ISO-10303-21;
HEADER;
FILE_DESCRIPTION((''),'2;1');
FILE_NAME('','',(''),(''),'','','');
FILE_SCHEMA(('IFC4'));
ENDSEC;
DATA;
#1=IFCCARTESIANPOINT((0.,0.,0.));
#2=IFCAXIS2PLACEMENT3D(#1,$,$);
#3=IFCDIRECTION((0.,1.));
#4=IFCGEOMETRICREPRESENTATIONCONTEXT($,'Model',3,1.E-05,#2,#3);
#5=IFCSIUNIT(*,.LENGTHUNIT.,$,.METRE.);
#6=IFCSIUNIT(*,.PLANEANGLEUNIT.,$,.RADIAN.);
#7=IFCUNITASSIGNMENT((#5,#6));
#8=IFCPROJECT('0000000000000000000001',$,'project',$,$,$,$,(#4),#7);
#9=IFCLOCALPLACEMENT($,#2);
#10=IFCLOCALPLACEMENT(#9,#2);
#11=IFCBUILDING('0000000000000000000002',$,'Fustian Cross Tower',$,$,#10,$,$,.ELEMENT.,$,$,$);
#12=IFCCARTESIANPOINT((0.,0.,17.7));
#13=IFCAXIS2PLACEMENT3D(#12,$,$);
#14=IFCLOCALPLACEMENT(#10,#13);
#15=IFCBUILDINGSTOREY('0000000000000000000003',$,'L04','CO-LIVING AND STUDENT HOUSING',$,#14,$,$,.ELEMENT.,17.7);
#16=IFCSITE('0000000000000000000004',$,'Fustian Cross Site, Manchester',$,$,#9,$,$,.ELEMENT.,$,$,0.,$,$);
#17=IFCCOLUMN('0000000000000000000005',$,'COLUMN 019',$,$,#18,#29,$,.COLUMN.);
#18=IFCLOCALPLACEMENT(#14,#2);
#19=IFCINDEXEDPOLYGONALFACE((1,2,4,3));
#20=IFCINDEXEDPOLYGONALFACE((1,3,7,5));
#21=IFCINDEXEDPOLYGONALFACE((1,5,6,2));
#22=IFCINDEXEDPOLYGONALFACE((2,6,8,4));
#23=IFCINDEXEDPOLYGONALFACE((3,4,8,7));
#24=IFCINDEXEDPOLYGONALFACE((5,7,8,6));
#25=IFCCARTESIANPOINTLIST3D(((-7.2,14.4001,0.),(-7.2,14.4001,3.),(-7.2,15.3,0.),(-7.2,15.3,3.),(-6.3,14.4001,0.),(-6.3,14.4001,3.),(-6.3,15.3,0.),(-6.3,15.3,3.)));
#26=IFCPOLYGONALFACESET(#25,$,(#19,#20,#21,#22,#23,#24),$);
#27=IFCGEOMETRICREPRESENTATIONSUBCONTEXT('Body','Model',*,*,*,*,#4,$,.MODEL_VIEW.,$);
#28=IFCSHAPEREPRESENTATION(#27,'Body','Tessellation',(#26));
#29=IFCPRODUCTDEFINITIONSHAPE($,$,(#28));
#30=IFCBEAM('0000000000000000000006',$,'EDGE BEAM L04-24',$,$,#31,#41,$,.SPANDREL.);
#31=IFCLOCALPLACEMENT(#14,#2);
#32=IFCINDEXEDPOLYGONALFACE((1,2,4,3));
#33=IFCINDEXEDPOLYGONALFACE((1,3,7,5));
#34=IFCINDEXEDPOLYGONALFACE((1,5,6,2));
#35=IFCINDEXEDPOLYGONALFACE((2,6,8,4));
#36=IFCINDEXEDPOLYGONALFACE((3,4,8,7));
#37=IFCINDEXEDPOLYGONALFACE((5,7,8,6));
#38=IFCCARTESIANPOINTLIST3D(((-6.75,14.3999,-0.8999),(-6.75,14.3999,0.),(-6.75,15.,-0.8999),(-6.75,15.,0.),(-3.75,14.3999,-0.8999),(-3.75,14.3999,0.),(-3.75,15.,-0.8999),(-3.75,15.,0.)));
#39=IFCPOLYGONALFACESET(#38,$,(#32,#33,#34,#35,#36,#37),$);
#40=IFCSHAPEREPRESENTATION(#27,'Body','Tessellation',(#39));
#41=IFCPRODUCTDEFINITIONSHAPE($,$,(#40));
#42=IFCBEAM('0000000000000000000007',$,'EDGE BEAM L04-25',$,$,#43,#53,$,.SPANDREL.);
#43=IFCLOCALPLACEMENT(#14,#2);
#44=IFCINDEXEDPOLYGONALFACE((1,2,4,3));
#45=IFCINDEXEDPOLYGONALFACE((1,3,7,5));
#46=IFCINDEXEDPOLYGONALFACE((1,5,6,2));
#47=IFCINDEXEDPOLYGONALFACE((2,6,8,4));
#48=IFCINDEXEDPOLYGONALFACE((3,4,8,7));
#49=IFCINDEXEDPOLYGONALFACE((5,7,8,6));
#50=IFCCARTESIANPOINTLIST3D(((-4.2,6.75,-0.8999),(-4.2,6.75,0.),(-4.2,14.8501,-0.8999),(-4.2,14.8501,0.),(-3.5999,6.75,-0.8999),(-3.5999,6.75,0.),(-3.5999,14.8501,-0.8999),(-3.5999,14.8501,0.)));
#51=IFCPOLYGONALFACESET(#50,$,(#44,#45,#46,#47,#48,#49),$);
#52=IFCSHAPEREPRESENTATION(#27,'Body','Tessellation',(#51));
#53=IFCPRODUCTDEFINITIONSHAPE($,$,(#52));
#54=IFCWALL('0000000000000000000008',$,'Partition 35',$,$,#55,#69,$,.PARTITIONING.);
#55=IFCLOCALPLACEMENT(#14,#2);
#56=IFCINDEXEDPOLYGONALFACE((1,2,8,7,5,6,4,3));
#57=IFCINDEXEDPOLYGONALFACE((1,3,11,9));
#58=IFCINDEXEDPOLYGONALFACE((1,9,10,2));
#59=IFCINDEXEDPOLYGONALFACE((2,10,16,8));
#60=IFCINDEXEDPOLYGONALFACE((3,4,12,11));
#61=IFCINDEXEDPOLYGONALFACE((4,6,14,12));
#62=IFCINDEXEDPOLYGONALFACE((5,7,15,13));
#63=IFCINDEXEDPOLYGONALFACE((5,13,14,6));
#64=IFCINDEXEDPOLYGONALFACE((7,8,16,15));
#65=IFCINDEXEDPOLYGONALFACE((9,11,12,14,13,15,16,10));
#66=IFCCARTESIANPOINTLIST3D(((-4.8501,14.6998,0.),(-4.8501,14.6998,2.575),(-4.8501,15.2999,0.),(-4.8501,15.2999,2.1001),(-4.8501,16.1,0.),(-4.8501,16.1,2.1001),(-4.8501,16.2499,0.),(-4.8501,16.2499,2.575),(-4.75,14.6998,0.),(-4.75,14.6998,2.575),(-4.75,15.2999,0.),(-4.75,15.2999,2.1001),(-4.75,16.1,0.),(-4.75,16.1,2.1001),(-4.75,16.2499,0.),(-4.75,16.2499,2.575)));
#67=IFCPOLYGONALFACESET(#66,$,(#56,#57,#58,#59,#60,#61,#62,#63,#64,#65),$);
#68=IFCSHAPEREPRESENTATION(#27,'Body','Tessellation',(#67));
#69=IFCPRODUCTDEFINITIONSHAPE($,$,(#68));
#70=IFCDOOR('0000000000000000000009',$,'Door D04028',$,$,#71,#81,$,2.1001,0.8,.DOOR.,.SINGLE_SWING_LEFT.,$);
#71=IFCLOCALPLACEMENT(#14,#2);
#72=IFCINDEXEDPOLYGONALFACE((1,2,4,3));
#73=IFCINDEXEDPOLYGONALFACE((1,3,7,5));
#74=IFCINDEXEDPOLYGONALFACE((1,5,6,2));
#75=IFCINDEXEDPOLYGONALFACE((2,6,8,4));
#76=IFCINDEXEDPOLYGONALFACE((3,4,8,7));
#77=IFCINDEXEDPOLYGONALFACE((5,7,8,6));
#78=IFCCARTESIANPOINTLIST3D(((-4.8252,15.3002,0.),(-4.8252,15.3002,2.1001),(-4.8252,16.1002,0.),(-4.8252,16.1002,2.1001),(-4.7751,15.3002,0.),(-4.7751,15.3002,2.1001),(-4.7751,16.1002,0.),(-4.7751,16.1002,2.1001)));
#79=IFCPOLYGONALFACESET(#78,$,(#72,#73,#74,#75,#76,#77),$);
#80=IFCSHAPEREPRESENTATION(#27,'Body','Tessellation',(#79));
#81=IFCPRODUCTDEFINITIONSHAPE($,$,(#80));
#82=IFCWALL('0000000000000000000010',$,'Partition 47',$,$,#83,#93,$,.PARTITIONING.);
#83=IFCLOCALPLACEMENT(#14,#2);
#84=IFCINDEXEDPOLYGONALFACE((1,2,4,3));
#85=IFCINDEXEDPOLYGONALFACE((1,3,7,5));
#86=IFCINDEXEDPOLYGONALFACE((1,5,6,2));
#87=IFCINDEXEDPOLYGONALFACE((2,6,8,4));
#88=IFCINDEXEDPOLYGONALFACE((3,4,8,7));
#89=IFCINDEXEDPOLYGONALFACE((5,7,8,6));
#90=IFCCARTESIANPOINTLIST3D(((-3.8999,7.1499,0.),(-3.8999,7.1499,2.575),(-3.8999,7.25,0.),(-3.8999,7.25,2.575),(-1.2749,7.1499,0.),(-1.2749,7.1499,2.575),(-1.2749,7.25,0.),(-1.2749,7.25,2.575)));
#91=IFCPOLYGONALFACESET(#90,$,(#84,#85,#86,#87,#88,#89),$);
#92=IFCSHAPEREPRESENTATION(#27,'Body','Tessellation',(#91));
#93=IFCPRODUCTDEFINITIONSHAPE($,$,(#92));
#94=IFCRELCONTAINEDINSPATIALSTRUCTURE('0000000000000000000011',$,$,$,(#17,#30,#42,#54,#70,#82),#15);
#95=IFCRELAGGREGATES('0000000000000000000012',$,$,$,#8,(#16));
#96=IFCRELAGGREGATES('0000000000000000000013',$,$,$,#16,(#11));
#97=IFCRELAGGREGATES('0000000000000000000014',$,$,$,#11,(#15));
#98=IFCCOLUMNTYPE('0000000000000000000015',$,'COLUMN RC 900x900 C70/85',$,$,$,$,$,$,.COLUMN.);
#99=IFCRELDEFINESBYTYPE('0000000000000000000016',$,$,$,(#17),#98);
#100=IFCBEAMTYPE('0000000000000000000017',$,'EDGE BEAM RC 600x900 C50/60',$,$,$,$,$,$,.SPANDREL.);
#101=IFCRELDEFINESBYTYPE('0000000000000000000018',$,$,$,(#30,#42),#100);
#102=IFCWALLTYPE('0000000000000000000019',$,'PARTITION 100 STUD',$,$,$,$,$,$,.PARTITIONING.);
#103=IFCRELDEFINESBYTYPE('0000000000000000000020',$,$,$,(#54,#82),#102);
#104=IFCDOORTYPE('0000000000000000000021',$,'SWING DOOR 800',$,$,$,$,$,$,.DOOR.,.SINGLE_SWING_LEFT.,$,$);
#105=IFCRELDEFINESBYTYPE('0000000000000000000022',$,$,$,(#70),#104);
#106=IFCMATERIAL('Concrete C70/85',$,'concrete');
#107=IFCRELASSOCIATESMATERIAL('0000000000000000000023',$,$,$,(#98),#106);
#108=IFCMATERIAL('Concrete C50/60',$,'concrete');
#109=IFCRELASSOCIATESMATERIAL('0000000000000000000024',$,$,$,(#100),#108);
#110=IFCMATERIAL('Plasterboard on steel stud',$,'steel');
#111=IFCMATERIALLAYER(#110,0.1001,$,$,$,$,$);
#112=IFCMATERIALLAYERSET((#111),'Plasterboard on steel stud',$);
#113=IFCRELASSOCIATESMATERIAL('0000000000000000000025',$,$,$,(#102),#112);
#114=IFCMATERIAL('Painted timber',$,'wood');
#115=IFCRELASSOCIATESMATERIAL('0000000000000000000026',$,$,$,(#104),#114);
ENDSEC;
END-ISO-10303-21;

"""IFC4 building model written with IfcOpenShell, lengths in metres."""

from ifc_helpers import new_model, si_unit, direction, frame, frame_2d, origin, origin_2d, place, context, subcontext, project, spatial, rectangle, extrude, material, layer, layer_set, material_profile, profile_set, type_object, element, fill, save


model = new_model("IFC4")

# Units and contexts
model_context = context("Model", 3, precision=1e-05, world=origin(), true_north=direction((0.0, 1.0)))
body_context = subcontext(model_context, "Body", "Model", "MODEL_VIEW")
ifc_project = project(units=[si_unit("LENGTHUNIT", "METRE"), si_unit("PLANEANGLEUNIT", "RADIAN")], contexts=[model_context])

# Site, building, storey
site_placement = place(None, origin())
site = spatial("IfcSite", under=ifc_project, at=site_placement, Name="Fustian Cross Site, Manchester", CompositionType="ELEMENT", RefElevation=0.0)
building_placement = place(site_placement, origin())
building = spatial("IfcBuilding", under=site, at=building_placement, Name="Fustian Cross Tower", CompositionType="ELEMENT")
storey_placement = place(building_placement, frame((0.0, 0.0, 17.7)))
storey = spatial("IfcBuildingStorey", under=building, at=storey_placement, Name="L04", Description="CO-LIVING AND STUDENT HOUSING", CompositionType="ELEMENT", Elevation=17.7)

# Column
ifc_material_1 = material(Name="Concrete C70/85", Category="concrete")
ifc_material_profile_1 = material_profile(ifc_material_1, rectangle(XDim=0.8999, YDim=0.8999, at=origin_2d()), Name="RC 900x900")
ifc_profile_set_1 = profile_set([ifc_material_profile_1], Name="Concrete C70/85")
column_type = type_object("IfcColumnType", Name="COLUMN RC 900x900 C70/85", PredefinedType="COLUMN", material=ifc_profile_set_1)
column_placement = place(storey_placement, frame((-6.75, 14.8501, 0.0), z_axis=(0.0, 0.0, 1.0), x_axis=(1.0, 0.0, 0.0)))
element("IfcColumn", 1, at=column_placement, inside=storey, type_object=column_type, Name="COLUMN 019", PredefinedType="COLUMN", context=body_context, shape_type="SweptSolid", body=[
    extrude(rectangle(XDim=0.8999, YDim=0.8999, at=origin_2d()), origin(), (0.0, 0.0, 1.0), 3.0),
])

# Beams
ifc_material_2 = material(Name="Concrete C50/60", Category="concrete")
ifc_material_profile_2 = material_profile(ifc_material_2, rectangle(XDim=0.6001, YDim=0.8999, at=origin_2d()), Name="RC 600x900")
ifc_profile_set_2 = profile_set([ifc_material_profile_2], Name="Concrete C50/60")
beam_type = type_object("IfcBeamType", Name="EDGE BEAM RC 600x900 C50/60", PredefinedType="SPANDREL", material=ifc_profile_set_2)
beam_1_placement = place(storey_placement, frame((-6.75, 14.7, -0.45), z_axis=(1.0, 0.0, 0.0), x_axis=(0.0, 1.0, 0.0)))
element("IfcBeam", 2, at=beam_1_placement, inside=storey, type_object=beam_type, Name="EDGE BEAM L04-24", PredefinedType="SPANDREL", context=body_context, shape_type="SweptSolid", body=[
    extrude(rectangle(XDim=0.6001, YDim=0.8999, at=origin_2d()), origin(), (0.0, 0.0, 1.0), 3.0),
])
beam_2_placement = place(storey_placement, frame((-3.8999, 14.8501, -0.45), z_axis=(0.0, -1.0, 0.0), x_axis=(1.0, 0.0, 0.0)))
element("IfcBeam", 3, at=beam_2_placement, inside=storey, type_object=beam_type, Name="EDGE BEAM L04-25", PredefinedType="SPANDREL", context=body_context, shape_type="SweptSolid", body=[
    extrude(rectangle(XDim=0.6001, YDim=0.8999, at=origin_2d()), origin(), (0.0, 0.0, 1.0), 8.1001),
])

# Wall, opening, door
ifc_material_3 = material(Name="Plasterboard on steel stud", Category="steel")
ifc_layer_1 = layer(ifc_material_3, 0.1001)
ifc_layer_set_1 = layer_set([ifc_layer_1], Name="Plasterboard on steel stud")
wall_type_1 = type_object("IfcWallType", Name="PARTITION 100 STUD", PredefinedType="PARTITIONING", material=ifc_layer_set_1)
wall_1_placement = place(storey_placement, frame((-4.8, 14.7, 0.0), z_axis=(0.0, 0.0, 1.0), x_axis=(0.0, 1.0, 0.0)))
wall_1 = element("IfcWall", 4, at=wall_1_placement, inside=storey, type_object=wall_type_1, Name="Partition 35", PredefinedType="PARTITIONING", context=body_context, shape_type="SweptSolid", body=[
    extrude(rectangle(XDim=1.55, YDim=0.1001, at=frame_2d((0.7749, 0.0))), origin(), (0.0, 0.0, 1.0), 2.575),
])
opening_1_placement = place(wall_1_placement, frame((0.6001, 0.0, 0.0)))
opening_1 = element("IfcOpeningElement", 5, at=opening_1_placement, cuts=wall_1, PredefinedType="OPENING", context=body_context, shape_type="SweptSolid", body=[
    extrude(rectangle(XDim=0.8, YDim=2.1001, at=frame_2d((0.3999, 1.05))), frame((0.0, 0.0601, 0.0), z_axis=(0.0, -1.0, 0.0), x_axis=(1.0, 0.0, 0.0)), (0.0, 0.0, 1.0), 0.1201),
])
ifc_material_4 = material(Name="Painted timber", Category="wood")
door_type_1 = type_object("IfcDoorType", Name="SWING DOOR 800", OperationType="SINGLE_SWING_LEFT", PredefinedType="DOOR", material=ifc_material_4)
door_1_placement = place(opening_1_placement, frame((0.8, 0.0, 0.0), z_axis=(0.0, 0.0, 1.0), x_axis=(-1.0, 0.0, 0.0)))
door_1 = element("IfcDoor", 6, at=door_1_placement, inside=storey, type_object=door_type_1, Name="Door D04028", OperationType="SINGLE_SWING_LEFT", OverallHeight=2.1001, OverallWidth=0.8, PredefinedType="DOOR", context=body_context, shape_type="SweptSolid", body=[
    extrude(rectangle(XDim=0.8, YDim=2.1001, at=frame_2d((0.3999, 1.05))), frame((0.0, 0.0249, 0.0), z_axis=(0.0, -1.0, 0.0), x_axis=(1.0, 0.0, 0.0)), (0.0, 0.0, 1.0), 0.05),
])
fill(opening_1, door_1)

# Wall
wall_2_placement = place(storey_placement, frame((-3.8999, 7.2, 0.0), z_axis=(0.0, 0.0, 1.0), x_axis=(1.0, 0.0, 0.0)))
element("IfcWall", 7, at=wall_2_placement, inside=storey, type_object=wall_type_1, Name="Partition 47", PredefinedType="PARTITIONING", context=body_context, shape_type="SweptSolid", body=[
    extrude(rectangle(XDim=2.625, YDim=0.1001, at=frame_2d((1.3125, 0.0))), origin(), (0.0, 0.0, 1.0), 2.575),
])

save(model, "model.ifc")
